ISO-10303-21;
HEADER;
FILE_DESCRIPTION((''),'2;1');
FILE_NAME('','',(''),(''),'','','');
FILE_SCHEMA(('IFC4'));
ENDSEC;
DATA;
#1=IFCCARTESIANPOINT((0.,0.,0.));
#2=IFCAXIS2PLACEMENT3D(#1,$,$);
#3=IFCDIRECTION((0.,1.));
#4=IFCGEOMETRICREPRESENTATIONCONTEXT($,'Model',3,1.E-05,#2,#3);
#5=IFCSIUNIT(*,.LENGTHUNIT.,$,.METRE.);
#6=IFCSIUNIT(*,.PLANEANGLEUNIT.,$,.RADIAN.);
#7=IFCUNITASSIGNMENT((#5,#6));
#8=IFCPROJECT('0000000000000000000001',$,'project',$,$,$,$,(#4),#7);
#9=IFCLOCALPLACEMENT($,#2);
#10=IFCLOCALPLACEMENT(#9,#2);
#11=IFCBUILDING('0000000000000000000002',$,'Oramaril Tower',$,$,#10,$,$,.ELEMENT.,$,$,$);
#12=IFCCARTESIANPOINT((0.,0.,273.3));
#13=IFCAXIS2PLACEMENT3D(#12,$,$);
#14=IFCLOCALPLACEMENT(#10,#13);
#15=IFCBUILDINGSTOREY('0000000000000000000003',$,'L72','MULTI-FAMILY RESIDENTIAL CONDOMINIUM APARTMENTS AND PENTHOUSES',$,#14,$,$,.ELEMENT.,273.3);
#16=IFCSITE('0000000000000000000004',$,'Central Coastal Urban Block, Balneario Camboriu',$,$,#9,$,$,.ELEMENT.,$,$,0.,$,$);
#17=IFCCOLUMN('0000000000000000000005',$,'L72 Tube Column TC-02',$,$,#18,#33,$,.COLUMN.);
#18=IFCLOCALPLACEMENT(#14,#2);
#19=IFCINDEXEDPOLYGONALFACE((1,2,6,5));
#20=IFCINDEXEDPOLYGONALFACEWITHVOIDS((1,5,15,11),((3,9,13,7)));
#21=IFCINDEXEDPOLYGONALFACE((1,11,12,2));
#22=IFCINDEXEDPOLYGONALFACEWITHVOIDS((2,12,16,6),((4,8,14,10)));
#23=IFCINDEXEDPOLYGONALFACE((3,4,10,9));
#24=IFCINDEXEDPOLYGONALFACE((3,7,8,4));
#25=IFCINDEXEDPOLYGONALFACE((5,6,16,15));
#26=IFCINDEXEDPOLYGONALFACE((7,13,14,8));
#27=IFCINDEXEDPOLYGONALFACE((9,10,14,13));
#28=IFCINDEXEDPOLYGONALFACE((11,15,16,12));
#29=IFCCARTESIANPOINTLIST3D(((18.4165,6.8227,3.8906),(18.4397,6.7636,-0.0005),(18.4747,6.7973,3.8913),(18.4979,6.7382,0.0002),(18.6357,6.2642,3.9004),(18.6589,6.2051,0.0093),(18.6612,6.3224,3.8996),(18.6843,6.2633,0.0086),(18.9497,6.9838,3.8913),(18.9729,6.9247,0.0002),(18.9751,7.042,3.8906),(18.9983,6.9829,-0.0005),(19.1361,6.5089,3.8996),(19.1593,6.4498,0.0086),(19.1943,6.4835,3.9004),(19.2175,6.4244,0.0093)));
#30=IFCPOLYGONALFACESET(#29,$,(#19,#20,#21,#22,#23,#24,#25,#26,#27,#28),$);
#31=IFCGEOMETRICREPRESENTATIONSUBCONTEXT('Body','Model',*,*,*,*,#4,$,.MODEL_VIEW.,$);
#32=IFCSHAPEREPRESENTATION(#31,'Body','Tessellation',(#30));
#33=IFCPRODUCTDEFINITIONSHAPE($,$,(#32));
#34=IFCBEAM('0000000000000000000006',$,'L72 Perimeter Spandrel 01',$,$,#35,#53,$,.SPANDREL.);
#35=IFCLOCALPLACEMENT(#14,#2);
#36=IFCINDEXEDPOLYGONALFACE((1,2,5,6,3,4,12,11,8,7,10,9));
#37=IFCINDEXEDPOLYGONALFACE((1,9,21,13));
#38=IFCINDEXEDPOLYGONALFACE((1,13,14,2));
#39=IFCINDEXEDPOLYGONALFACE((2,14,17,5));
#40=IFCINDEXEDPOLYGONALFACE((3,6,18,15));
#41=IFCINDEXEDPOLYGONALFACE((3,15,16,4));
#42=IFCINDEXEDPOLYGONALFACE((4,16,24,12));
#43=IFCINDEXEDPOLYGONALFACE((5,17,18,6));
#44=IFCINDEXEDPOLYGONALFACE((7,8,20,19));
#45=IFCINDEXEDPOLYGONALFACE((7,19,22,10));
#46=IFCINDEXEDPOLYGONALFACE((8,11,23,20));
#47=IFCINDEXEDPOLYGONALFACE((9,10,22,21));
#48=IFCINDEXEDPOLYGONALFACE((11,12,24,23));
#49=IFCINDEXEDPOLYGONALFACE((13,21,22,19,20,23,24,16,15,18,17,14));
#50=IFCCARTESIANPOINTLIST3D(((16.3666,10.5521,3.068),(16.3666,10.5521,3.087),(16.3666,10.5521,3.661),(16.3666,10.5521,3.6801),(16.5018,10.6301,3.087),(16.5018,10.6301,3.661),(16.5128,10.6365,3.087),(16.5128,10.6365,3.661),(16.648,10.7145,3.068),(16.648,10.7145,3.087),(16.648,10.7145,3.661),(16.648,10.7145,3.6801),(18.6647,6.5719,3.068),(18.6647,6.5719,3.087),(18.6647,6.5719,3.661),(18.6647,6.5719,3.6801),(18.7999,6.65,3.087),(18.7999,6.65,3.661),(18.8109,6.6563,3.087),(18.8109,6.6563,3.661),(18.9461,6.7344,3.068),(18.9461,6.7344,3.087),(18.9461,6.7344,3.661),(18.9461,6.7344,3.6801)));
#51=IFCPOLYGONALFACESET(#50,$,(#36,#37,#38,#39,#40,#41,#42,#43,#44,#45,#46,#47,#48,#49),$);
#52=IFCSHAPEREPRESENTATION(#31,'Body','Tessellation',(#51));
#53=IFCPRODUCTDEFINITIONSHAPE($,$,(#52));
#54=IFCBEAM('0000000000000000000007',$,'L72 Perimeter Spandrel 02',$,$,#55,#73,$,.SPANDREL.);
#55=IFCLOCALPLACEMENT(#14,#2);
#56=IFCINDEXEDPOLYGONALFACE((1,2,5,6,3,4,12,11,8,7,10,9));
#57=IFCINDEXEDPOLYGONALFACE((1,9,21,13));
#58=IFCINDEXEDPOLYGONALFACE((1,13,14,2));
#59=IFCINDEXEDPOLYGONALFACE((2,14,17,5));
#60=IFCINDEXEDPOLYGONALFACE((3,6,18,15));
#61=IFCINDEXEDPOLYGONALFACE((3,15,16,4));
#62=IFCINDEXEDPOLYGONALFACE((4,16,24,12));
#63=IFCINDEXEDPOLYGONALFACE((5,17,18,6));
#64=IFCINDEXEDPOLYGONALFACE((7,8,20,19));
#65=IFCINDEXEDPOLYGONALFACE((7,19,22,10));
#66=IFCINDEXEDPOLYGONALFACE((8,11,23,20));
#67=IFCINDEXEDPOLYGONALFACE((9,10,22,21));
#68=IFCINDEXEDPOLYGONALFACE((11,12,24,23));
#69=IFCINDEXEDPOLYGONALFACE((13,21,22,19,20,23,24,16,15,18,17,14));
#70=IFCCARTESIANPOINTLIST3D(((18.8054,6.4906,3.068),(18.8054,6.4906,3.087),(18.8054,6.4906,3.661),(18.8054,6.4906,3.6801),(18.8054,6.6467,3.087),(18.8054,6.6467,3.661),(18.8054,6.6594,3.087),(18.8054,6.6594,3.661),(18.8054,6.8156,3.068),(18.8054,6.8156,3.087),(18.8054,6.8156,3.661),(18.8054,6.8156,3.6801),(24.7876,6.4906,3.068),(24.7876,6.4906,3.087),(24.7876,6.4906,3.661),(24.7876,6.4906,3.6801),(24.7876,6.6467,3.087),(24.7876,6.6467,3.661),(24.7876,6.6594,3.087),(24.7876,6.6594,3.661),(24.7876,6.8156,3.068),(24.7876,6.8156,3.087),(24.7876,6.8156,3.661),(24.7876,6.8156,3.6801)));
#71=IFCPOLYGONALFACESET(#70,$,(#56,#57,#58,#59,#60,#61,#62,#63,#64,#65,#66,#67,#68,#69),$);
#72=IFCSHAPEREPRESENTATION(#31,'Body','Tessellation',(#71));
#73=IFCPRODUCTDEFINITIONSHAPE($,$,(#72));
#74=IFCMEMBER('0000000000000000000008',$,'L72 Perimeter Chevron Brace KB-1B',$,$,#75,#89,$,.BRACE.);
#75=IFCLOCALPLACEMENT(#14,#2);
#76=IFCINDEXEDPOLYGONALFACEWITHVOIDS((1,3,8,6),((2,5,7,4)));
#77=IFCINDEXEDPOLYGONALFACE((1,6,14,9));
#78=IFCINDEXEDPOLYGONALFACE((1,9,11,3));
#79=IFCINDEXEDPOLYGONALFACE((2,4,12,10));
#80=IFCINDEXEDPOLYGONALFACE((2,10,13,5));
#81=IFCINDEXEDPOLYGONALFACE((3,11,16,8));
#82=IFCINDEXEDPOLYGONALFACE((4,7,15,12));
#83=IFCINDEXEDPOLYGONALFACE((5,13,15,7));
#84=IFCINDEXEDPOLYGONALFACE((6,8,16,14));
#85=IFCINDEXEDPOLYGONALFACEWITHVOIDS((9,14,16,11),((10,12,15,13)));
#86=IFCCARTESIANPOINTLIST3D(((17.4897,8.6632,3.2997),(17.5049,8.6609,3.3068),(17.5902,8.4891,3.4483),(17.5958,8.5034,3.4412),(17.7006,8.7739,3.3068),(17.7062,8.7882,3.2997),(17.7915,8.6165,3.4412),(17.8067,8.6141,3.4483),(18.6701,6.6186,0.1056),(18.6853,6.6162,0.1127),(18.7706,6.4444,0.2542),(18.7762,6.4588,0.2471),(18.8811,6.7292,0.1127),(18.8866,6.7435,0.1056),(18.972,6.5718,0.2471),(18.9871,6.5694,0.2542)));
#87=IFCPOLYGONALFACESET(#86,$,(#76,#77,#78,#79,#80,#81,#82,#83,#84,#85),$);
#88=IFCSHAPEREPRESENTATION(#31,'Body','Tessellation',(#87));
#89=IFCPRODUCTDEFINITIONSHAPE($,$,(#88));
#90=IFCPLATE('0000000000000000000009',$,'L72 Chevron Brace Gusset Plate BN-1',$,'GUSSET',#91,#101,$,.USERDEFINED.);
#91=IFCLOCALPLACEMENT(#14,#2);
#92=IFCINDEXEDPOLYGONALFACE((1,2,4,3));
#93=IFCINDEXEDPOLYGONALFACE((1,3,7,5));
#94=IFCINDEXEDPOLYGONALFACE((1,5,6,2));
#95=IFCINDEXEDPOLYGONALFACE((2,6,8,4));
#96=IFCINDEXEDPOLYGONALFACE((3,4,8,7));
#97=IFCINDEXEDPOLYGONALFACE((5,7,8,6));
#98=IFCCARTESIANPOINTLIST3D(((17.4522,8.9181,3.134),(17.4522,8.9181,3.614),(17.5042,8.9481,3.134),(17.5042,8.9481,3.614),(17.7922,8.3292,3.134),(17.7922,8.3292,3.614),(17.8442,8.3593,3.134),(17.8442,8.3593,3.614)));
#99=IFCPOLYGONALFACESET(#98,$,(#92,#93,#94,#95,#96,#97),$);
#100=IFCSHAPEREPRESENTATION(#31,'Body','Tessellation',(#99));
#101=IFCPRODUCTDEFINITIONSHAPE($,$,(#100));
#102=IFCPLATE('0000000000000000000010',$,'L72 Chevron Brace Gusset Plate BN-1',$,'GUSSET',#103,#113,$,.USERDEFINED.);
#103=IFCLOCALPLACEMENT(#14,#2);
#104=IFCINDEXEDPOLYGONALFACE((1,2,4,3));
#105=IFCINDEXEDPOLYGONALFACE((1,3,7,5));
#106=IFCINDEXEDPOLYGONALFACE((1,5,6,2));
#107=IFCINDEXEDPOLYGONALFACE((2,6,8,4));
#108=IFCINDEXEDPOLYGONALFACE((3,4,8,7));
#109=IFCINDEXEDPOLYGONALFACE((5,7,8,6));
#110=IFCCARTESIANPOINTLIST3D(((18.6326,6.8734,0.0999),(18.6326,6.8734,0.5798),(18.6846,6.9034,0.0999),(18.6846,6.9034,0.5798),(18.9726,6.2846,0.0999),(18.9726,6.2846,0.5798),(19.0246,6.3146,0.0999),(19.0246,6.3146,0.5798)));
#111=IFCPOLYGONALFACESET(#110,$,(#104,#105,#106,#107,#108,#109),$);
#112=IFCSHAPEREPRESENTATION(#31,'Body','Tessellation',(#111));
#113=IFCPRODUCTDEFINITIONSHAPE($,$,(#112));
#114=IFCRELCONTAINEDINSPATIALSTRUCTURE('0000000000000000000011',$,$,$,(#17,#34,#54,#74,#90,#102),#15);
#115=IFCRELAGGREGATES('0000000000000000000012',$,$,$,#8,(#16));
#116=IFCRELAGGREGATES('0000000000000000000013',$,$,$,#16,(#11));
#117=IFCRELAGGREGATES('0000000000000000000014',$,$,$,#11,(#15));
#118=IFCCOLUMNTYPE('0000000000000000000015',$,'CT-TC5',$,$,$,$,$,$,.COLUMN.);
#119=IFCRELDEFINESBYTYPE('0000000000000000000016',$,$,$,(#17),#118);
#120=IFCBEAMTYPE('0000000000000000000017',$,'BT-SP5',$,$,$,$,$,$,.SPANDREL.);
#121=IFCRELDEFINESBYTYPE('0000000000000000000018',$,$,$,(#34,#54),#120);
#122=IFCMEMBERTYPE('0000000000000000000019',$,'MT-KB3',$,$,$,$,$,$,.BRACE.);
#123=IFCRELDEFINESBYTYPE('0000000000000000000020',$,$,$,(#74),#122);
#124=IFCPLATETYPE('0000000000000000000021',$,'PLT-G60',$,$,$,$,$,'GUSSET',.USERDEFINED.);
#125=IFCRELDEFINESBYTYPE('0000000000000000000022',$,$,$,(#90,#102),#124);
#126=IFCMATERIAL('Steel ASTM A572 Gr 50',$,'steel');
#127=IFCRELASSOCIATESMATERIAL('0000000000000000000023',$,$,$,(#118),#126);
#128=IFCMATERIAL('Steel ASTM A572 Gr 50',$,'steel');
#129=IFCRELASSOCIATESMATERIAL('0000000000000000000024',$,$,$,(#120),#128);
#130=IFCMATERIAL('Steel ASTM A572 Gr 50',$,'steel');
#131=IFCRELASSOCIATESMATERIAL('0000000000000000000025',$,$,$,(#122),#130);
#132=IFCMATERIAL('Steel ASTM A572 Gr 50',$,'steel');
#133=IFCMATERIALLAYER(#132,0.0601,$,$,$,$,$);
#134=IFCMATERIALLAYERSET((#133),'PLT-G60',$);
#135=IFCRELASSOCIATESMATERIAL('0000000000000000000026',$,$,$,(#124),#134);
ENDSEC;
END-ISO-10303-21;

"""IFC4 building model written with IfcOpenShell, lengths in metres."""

from ifc_helpers import new_model, si_unit, direction, frame, origin, origin_2d, place, context, subcontext, project, spatial, rectangle, hollow_rectangle, i_section, extrude, material, layer, layer_set, material_profile, profile_set, type_object, element, save


model = new_model("IFC4")

# Units and contexts
model_context = context("Model", 3, precision=1e-05, world=origin(), true_north=direction((0.0, 1.0)))
body_context = subcontext(model_context, "Body", "Model", "MODEL_VIEW")
ifc_project = project(units=[si_unit("LENGTHUNIT", "METRE"), si_unit("PLANEANGLEUNIT", "RADIAN")], contexts=[model_context])

# Site, building, storey
site_placement = place(None, origin())
site = spatial("IfcSite", under=ifc_project, at=site_placement, Name="Central Coastal Urban Block, Balneario Camboriu", CompositionType="ELEMENT", RefElevation=0.0)
building_placement = place(site_placement, origin())
building = spatial("IfcBuilding", under=site, at=building_placement, Name="Oramaril Tower", CompositionType="ELEMENT")
storey_placement = place(building_placement, frame((0.0, 0.0, 273.3)))
storey = spatial("IfcBuildingStorey", under=building, at=storey_placement, Name="L72", Description="MULTI-FAMILY RESIDENTIAL CONDOMINIUM APARTMENTS AND PENTHOUSES", CompositionType="ELEMENT", Elevation=273.3)

# Column
ifc_material_1 = material(Name="Steel ASTM A572 Gr 50", Category="steel")
ifc_material_profile_1 = material_profile(ifc_material_1, hollow_rectangle(XDim=0.6001, YDim=0.6001, WallThickness=0.0449, at=origin_2d()), Name="BOX600X600X45")
ifc_profile_set_1 = profile_set([ifc_material_profile_1], Name="Steel ASTM A572 Gr 50")
column_type = type_object("IfcColumnType", Name="CT-TC5", PredefinedType="COLUMN", material=ifc_profile_set_1)
column_placement = place(storey_placement, frame((18.8286, 6.594, 0.0044), z_axis=(-0.00596, 0.015182, 0.999867), x_axis=(-0.930845, -0.365414, 0.0)))
element("IfcColumn", 1, at=column_placement, inside=storey, type_object=column_type, Name="L72 Tube Column TC-02", PredefinedType="COLUMN", context=body_context, shape_type="SweptSolid", body=[
    extrude(hollow_rectangle(XDim=0.6001, YDim=0.6001, WallThickness=0.0449, at=origin_2d()), origin(), (0.0, 0.0, 1.0), 3.8916),
])

# Beams
ifc_material_2 = material(Name="Steel ASTM A572 Gr 50", Category="steel")
ifc_material_profile_2 = material_profile(ifc_material_2, i_section(OverallWidth=0.325, OverallDepth=0.6121, WebThickness=0.0127, FlangeThickness=0.019, at=origin_2d()), Name="W24X104")
ifc_profile_set_2 = profile_set([ifc_material_profile_2], Name="Steel ASTM A572 Gr 50")
beam_type = type_object("IfcBeamType", Name="BT-SP5", PredefinedType="SPANDREL", material=ifc_profile_set_2)
beam_1_placement = place(storey_placement, frame((16.5073, 10.6333, 3.374), z_axis=(0.500018, -0.866015, 0.0), x_axis=(0.866015, 0.500018, 0.0)))
element("IfcBeam", 2, at=beam_1_placement, inside=storey, type_object=beam_type, Name="L72 Perimeter Spandrel 01", PredefinedType="SPANDREL", context=body_context, shape_type="SweptSolid", body=[
    extrude(i_section(OverallWidth=0.325, OverallDepth=0.6121, WebThickness=0.0127, FlangeThickness=0.019, at=origin_2d()), origin(), (0.0, 0.0, 1.0), 4.5959),
])
beam_2_placement = place(storey_placement, frame((18.8054, 6.6531, 3.374), z_axis=(1.0, 0.0, 0.0), x_axis=(0.0, 1.0, 0.0)))
element("IfcBeam", 3, at=beam_2_placement, inside=storey, type_object=beam_type, Name="L72 Perimeter Spandrel 02", PredefinedType="SPANDREL", context=body_context, shape_type="SweptSolid", body=[
    extrude(i_section(OverallWidth=0.325, OverallDepth=0.6121, WebThickness=0.0127, FlangeThickness=0.019, at=origin_2d()), origin(), (0.0, 0.0, 1.0), 5.9822),
])

# Member
ifc_material_3 = material(Name="Steel ASTM A572 Gr 50", Category="steel")
ifc_material_profile_3 = material_profile(ifc_material_3, hollow_rectangle(XDim=0.25, YDim=0.25, WallThickness=0.012, at=origin_2d()), Name="HSS250X250X12")
ifc_profile_set_3 = profile_set([ifc_material_profile_3], Name="Steel ASTM A572 Gr 50")
member_type = type_object("IfcMemberType", Name="MT-KB3", PredefinedType="BRACE", material=ifc_profile_set_3)
member_placement = place(storey_placement, frame((18.8286, 6.594, 0.1799), z_axis=(-0.29719, 0.51478, 0.804164), x_axis=(-0.866039, -0.499976, 0.0)))
element("IfcMember", 4, at=member_placement, inside=storey, type_object=member_type, Name="L72 Perimeter Chevron Brace KB-1B", PredefinedType="BRACE", context=body_context, shape_type="SweptSolid", body=[
    extrude(hollow_rectangle(XDim=0.25, YDim=0.25, WallThickness=0.012, at=origin_2d()), origin(), (0.0, 0.0, 1.0), 3.9719),
])

# Plates
ifc_material_4 = material(Name="Steel ASTM A572 Gr 50", Category="steel")
ifc_layer_1 = layer(ifc_material_4, 0.0601)
ifc_layer_set_1 = layer_set([ifc_layer_1], Name="PLT-G60")
plate_type = type_object("IfcPlateType", Name="PLT-G60", ElementType="GUSSET", PredefinedType="USERDEFINED", material=ifc_layer_set_1)
for number, where, z_axis, x_axis, name in (
    (5, (17.6482, 8.6387, 3.134), (0.0, 0.0, 1.0), (0.499995, -0.866028, 0.0), "L72 Chevron Brace Gusset Plate BN-1"),
    (6, (18.8286, 6.594, 0.0999), (0.0, 0.0, 1.0), (0.499995, -0.866028, 0.0), "L72 Chevron Brace Gusset Plate BN-1"),
):
    element("IfcPlate", number, at=place(storey_placement, frame(where, z_axis=z_axis, x_axis=x_axis)), inside=storey, type_object=plate_type, Name=name, ObjectType="GUSSET", PredefinedType="USERDEFINED", context=body_context, shape_type="SweptSolid", body=[
        extrude(rectangle(XDim=0.6799, YDim=0.0601, at=origin_2d()), origin(), (0.0, 0.0, 1.0), 0.48),
    ])

save(model, "model.ifc")
